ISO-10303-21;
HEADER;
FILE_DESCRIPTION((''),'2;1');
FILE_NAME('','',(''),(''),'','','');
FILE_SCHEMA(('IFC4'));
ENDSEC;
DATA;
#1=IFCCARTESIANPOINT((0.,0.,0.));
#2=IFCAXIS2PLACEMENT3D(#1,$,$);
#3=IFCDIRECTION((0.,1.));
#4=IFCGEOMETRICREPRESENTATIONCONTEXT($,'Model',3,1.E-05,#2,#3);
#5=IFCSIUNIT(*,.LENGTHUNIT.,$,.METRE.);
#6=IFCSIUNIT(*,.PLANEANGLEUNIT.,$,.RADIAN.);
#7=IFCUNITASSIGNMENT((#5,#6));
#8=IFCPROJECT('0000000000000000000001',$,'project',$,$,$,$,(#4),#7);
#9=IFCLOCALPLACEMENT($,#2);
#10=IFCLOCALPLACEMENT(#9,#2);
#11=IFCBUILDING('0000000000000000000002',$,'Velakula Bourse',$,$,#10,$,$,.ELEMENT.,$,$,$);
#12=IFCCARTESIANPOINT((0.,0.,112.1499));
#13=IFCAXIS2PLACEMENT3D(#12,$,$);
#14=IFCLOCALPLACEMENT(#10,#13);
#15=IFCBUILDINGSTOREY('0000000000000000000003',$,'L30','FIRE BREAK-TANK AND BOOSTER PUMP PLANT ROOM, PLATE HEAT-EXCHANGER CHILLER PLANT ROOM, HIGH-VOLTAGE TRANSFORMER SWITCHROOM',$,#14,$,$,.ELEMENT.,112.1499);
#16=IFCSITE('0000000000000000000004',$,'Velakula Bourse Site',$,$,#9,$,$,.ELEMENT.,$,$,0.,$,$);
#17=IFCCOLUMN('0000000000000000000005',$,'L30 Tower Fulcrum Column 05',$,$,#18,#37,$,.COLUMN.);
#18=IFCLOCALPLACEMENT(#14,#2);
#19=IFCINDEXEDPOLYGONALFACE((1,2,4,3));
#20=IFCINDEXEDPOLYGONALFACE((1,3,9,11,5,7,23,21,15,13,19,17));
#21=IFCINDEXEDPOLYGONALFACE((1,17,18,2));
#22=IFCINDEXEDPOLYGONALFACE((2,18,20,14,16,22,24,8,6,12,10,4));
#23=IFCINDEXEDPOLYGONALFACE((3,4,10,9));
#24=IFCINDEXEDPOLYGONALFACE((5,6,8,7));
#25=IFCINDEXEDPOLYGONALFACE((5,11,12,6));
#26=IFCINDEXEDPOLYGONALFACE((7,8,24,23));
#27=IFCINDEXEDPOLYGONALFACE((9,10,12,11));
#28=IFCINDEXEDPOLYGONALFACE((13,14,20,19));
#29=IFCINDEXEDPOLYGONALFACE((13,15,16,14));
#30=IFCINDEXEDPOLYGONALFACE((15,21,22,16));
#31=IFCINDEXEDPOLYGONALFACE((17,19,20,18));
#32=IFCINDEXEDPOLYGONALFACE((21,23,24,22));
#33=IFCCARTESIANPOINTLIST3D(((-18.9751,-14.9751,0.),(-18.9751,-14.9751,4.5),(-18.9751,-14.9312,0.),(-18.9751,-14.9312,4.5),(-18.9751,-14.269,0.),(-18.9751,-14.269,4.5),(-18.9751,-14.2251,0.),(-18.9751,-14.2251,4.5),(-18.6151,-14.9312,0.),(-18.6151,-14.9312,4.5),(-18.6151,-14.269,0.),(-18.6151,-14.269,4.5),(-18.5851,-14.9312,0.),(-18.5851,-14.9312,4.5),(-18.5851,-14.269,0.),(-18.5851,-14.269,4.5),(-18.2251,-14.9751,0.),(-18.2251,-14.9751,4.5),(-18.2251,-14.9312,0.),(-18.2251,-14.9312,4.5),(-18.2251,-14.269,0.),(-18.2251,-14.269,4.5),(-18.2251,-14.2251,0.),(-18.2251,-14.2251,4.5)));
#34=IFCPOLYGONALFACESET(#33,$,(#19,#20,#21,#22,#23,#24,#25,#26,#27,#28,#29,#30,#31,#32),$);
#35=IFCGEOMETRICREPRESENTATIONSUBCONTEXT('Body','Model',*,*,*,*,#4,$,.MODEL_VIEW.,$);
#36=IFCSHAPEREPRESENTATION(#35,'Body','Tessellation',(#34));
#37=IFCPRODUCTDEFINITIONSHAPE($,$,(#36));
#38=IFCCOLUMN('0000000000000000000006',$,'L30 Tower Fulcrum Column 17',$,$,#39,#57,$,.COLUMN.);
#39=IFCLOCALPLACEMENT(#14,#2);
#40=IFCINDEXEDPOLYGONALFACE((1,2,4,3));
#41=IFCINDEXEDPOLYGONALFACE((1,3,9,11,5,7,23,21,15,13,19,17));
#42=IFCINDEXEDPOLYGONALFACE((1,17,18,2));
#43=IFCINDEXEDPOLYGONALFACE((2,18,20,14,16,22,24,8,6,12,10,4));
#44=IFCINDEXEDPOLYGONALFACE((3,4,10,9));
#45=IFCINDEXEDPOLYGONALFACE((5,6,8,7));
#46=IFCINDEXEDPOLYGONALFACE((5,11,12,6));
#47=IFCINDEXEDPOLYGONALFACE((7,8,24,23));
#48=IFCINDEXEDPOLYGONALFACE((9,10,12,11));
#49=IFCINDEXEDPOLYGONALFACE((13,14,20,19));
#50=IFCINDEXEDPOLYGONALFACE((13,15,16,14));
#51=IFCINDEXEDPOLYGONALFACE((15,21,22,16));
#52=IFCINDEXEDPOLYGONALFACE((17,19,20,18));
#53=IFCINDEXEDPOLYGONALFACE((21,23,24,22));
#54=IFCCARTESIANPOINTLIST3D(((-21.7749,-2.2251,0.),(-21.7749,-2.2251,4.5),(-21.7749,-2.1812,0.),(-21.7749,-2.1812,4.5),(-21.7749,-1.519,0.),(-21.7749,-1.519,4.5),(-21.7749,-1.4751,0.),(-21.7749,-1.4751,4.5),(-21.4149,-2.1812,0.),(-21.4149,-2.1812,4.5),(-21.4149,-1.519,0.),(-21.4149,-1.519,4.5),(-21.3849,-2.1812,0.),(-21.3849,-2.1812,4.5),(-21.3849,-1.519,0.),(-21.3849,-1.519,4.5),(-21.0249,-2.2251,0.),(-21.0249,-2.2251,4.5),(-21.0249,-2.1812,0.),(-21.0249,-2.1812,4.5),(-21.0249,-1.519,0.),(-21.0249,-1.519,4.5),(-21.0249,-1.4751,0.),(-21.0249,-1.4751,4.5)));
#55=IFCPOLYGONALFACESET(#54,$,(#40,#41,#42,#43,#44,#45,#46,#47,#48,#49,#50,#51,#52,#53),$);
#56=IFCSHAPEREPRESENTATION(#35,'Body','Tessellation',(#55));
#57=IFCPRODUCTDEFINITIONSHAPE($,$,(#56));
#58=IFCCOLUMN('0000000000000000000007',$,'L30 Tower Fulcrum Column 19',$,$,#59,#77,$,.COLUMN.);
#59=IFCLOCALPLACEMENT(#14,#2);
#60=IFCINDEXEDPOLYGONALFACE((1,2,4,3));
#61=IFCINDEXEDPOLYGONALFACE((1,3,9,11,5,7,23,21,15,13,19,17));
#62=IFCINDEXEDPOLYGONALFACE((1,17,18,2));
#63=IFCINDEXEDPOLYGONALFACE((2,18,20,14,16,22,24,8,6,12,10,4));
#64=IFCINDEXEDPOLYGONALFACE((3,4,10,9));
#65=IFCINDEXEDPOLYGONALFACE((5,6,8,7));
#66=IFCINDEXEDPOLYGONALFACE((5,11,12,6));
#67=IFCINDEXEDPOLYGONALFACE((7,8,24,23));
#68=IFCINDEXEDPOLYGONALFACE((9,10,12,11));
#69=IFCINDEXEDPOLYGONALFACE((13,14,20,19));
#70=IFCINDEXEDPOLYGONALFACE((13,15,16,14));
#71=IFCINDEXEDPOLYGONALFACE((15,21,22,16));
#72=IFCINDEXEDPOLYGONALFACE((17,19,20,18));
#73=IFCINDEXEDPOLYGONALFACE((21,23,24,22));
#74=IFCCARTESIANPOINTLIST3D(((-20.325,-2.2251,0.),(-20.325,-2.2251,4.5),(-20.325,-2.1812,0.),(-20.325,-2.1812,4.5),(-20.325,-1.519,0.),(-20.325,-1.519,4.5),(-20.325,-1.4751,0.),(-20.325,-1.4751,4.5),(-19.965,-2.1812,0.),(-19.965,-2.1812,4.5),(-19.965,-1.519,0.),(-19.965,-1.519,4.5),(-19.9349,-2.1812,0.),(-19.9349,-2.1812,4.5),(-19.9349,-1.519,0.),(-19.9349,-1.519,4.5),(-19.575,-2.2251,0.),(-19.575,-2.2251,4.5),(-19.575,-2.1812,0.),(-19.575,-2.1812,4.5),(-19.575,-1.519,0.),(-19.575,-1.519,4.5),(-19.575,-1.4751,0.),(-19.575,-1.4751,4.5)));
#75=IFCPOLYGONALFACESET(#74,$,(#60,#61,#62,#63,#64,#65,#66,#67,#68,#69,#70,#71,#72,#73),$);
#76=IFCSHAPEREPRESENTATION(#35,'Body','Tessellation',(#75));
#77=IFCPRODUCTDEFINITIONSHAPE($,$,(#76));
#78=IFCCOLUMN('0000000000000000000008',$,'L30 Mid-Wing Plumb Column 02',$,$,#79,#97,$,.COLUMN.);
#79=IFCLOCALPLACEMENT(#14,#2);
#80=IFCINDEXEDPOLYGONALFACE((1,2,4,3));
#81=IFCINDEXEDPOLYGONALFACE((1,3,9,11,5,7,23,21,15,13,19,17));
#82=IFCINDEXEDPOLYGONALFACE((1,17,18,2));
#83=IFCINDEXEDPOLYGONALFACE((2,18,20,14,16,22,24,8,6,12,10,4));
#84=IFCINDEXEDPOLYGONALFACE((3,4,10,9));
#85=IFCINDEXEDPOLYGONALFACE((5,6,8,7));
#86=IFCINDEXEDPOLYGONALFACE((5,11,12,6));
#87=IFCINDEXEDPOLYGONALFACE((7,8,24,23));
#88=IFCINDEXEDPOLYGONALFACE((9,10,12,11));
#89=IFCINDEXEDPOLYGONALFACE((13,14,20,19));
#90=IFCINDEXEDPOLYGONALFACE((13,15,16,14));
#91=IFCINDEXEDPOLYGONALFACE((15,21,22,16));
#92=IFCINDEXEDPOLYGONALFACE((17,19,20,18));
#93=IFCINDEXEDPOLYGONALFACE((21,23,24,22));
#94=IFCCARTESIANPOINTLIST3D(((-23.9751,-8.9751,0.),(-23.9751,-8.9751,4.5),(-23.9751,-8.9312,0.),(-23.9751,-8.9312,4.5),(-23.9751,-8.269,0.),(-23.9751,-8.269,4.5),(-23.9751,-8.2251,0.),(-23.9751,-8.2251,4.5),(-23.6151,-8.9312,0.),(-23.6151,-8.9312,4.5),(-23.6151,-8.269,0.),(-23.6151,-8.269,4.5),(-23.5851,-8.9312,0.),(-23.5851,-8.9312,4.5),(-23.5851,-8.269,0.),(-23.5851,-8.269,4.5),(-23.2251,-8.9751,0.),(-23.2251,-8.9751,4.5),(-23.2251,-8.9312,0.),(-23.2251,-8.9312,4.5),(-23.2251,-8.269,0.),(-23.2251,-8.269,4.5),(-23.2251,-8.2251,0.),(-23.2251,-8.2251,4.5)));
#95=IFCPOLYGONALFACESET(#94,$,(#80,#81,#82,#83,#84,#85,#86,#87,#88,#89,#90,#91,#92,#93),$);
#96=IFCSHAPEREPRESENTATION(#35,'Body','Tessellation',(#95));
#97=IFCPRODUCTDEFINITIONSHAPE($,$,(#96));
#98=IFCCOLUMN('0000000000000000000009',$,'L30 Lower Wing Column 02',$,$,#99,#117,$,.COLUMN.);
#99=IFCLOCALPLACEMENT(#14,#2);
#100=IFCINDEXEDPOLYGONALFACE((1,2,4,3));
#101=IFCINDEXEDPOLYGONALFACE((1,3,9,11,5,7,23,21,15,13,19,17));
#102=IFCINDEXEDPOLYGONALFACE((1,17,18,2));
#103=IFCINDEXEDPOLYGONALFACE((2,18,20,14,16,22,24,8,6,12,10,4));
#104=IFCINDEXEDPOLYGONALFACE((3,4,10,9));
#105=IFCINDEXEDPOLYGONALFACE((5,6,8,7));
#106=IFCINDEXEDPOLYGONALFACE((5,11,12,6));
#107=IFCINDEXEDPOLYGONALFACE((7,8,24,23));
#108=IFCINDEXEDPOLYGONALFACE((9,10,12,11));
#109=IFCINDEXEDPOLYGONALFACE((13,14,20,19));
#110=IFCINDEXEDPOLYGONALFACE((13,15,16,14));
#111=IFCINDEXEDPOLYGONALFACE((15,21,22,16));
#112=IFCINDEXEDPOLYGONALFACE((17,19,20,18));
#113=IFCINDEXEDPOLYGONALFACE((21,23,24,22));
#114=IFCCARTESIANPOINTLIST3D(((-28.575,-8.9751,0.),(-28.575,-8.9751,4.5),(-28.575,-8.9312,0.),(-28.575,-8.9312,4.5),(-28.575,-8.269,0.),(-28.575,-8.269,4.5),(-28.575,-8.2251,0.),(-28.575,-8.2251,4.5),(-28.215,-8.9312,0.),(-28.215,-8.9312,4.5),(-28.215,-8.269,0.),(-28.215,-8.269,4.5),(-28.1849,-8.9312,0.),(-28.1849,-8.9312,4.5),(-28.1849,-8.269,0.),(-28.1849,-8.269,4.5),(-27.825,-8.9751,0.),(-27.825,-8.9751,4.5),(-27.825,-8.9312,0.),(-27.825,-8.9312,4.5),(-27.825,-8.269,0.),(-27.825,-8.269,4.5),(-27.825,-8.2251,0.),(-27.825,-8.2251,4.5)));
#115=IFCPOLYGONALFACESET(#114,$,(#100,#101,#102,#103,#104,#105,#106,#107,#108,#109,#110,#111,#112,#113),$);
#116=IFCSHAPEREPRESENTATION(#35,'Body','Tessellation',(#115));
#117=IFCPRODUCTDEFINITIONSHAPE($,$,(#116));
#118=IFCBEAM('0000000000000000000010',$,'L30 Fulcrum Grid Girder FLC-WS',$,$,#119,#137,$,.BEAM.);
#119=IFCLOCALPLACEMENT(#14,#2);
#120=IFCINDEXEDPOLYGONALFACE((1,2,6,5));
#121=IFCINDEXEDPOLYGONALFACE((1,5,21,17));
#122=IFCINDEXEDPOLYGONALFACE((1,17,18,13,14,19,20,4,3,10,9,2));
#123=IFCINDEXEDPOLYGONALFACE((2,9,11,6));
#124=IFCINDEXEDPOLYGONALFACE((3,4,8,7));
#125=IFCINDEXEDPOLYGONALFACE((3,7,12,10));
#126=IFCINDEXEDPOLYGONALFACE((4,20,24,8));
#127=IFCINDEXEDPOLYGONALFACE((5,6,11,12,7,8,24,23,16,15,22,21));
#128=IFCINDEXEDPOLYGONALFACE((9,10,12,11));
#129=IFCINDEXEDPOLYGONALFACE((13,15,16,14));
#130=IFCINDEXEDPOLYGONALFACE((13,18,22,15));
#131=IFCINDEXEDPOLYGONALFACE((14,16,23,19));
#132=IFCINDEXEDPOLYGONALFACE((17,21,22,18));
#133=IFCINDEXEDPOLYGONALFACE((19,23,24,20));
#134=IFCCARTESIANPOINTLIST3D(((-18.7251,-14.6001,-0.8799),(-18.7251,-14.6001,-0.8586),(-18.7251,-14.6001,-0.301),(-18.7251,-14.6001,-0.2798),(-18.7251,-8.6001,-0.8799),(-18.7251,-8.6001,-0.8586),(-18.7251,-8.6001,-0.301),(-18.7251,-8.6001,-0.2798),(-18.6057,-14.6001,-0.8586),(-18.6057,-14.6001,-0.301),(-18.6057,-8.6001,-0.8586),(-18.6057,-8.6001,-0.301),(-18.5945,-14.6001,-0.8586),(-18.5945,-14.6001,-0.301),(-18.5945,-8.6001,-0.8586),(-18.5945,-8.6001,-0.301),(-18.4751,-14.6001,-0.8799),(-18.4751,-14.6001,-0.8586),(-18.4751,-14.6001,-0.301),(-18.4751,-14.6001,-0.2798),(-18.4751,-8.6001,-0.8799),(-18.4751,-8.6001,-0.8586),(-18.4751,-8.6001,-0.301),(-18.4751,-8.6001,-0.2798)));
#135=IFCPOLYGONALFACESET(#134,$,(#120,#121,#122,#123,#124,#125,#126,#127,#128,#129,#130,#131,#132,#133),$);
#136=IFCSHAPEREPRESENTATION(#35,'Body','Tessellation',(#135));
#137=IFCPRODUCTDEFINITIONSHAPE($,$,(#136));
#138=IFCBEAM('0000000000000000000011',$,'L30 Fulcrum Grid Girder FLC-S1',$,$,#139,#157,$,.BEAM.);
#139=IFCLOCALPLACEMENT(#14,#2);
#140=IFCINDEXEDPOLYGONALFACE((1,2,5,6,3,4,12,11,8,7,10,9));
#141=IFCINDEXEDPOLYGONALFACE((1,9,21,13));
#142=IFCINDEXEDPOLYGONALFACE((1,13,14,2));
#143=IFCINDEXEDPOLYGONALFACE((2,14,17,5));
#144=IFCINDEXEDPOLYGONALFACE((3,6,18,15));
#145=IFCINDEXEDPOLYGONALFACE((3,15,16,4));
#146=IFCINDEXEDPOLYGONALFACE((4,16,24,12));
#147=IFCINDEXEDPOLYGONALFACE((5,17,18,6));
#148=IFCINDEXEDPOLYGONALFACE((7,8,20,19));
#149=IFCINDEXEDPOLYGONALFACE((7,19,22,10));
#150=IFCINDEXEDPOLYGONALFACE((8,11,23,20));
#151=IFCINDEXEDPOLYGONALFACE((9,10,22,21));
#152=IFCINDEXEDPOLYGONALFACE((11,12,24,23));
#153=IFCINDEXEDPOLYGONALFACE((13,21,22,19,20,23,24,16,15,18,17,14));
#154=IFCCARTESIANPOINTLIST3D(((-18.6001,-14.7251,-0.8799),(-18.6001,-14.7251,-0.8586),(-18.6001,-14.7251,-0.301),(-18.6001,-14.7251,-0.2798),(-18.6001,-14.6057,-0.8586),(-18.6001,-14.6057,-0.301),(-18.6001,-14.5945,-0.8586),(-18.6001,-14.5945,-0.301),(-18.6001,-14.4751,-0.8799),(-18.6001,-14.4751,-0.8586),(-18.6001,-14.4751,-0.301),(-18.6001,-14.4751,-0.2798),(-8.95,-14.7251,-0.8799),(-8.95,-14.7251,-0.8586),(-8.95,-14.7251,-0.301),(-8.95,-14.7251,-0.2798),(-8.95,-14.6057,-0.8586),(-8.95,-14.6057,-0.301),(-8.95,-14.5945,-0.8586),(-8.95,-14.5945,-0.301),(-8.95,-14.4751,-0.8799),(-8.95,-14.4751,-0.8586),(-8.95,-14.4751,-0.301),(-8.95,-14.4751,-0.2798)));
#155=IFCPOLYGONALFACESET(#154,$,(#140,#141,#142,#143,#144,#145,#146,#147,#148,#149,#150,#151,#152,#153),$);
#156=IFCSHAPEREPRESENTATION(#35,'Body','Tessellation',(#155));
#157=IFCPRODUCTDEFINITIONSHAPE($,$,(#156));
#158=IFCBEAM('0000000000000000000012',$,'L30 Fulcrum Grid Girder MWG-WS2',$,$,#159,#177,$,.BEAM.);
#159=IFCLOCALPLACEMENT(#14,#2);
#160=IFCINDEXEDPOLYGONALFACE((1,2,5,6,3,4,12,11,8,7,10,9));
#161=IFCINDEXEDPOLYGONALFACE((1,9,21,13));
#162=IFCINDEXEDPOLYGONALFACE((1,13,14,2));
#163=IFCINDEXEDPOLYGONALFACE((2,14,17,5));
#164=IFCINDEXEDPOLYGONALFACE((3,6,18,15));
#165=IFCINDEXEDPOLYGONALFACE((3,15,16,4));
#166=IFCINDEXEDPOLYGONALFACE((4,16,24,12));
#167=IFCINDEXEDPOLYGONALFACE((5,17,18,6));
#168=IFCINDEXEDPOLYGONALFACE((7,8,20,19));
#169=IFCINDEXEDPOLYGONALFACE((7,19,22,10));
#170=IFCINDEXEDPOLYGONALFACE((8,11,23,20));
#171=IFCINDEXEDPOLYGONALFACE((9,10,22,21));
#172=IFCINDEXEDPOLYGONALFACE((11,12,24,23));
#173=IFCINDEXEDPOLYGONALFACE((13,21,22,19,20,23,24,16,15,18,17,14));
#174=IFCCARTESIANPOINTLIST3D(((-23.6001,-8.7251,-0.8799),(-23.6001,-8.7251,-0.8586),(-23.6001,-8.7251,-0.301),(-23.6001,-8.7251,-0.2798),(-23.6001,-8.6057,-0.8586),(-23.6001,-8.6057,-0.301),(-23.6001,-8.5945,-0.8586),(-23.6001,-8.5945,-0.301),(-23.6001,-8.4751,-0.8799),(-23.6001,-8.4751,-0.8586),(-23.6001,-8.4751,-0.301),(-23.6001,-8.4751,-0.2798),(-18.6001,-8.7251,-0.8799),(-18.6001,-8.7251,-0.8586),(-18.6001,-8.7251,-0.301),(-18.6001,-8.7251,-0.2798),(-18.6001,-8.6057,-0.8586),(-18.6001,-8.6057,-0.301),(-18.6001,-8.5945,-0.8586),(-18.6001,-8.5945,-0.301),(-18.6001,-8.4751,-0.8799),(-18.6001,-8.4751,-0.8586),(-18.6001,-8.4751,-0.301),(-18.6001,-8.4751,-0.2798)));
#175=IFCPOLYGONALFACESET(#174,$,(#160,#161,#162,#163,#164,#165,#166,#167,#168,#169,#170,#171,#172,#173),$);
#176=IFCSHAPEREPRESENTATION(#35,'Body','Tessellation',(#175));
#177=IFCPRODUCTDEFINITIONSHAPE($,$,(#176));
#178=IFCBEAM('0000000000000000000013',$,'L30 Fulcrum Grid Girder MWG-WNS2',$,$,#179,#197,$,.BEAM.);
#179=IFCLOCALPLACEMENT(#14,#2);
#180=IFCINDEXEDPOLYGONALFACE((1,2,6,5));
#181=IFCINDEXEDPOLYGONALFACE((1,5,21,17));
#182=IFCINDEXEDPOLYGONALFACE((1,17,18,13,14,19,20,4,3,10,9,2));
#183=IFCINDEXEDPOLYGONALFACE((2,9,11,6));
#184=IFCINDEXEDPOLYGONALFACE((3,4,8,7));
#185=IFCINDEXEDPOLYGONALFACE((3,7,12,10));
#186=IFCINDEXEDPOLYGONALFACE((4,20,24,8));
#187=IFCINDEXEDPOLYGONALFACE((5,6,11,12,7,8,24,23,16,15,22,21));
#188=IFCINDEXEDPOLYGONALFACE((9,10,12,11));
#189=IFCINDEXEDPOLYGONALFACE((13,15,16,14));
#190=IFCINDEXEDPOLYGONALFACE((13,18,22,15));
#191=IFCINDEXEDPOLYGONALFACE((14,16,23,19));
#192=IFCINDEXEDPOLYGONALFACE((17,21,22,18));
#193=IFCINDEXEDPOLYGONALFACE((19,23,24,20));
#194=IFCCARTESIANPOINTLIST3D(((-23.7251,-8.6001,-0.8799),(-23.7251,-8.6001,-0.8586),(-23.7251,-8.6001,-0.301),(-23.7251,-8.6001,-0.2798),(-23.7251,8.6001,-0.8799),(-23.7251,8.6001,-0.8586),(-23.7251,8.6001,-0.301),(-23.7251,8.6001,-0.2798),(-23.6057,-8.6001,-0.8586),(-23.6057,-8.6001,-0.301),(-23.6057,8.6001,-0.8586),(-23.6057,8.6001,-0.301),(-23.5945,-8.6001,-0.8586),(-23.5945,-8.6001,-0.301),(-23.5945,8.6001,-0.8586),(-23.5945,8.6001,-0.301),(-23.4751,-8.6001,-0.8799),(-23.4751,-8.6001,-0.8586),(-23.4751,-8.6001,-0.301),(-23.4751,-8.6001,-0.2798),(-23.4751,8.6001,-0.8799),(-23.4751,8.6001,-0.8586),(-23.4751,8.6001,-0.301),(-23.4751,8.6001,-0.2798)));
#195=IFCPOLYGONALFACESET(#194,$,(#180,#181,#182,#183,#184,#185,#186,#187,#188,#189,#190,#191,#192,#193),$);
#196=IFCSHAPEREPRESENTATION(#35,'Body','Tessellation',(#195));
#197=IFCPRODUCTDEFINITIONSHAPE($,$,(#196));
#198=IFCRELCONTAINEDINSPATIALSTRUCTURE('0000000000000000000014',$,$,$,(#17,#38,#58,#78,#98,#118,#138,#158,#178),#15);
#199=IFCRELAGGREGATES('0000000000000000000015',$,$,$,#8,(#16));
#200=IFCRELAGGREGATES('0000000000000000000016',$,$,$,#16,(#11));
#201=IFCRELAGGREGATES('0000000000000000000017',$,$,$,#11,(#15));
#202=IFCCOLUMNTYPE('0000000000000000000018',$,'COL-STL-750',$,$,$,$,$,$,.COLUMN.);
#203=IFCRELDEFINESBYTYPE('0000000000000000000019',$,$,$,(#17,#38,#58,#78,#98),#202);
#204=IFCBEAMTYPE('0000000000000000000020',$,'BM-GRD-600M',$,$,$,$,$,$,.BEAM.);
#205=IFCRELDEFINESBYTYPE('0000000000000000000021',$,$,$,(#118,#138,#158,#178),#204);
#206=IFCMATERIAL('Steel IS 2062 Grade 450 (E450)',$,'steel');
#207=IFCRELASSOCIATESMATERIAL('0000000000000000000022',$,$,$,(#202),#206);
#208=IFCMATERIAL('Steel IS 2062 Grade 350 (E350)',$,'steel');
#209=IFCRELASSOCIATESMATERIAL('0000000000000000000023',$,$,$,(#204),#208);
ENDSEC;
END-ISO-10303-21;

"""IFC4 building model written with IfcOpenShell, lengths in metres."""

from ifc_helpers import new_model, si_unit, direction, frame, origin, origin_2d, place, context, subcontext, project, spatial, i_section, extrude, material, material_profile, profile_set, type_object, element, save


model = new_model("IFC4")

# Units and contexts
model_context = context("Model", 3, precision=1e-05, world=origin(), true_north=direction((0.0, 1.0)))
body_context = subcontext(model_context, "Body", "Model", "MODEL_VIEW")
ifc_project = project(units=[si_unit("LENGTHUNIT", "METRE"), si_unit("PLANEANGLEUNIT", "RADIAN")], contexts=[model_context])

# Site, building, storey
site_placement = place(None, origin())
site = spatial("IfcSite", under=ifc_project, at=site_placement, Name="Velakula Bourse Site", CompositionType="ELEMENT", RefElevation=0.0)
building_placement = place(site_placement, origin())
building = spatial("IfcBuilding", under=site, at=building_placement, Name="Velakula Bourse", CompositionType="ELEMENT")
storey_placement = place(building_placement, frame((0.0, 0.0, 112.1499)))
storey = spatial("IfcBuildingStorey", under=building, at=storey_placement, Name="L30", Description="FIRE BREAK-TANK AND BOOSTER PUMP PLANT ROOM, PLATE HEAT-EXCHANGER CHILLER PLANT ROOM, HIGH-VOLTAGE TRANSFORMER SWITCHROOM", CompositionType="ELEMENT", Elevation=112.1499)

# Columns
ifc_material_1 = material(Name="Steel IS 2062 Grade 450 (E450)", Category="steel")
ifc_material_profile_1 = material_profile(ifc_material_1, i_section(OverallWidth=0.75, OverallDepth=0.75, WebThickness=0.03, FlangeThickness=0.0439, at=origin_2d()), Name="Steel IS 2062 Grade 450 (E450)")
ifc_profile_set_1 = profile_set([ifc_material_profile_1], Name="Steel IS 2062 Grade 450 (E450)")
column_type = type_object("IfcColumnType", Name="COL-STL-750", PredefinedType="COLUMN", material=ifc_profile_set_1)
for number, where, z_axis, x_axis, name in (
    (1, (-18.6001, -14.6001, 0.0), (0.0, 0.0, 1.0), (1.0, 0.0, 0.0), "L30 Tower Fulcrum Column 05"),
    (2, (-21.3999, -1.8501, 0.0), (0.0, 0.0, 1.0), (1.0, 0.0, 0.0), "L30 Tower Fulcrum Column 17"),
    (3, (-19.95, -1.8501, 0.0), (0.0, 0.0, 1.0), (1.0, 0.0, 0.0), "L30 Tower Fulcrum Column 19"),
    (4, (-23.6001, -8.6001, 0.0), (0.0, 0.0, 1.0), (1.0, 0.0, 0.0), "L30 Mid-Wing Plumb Column 02"),
    (5, (-28.2, -8.6001, 0.0), (0.0, 0.0, 1.0), (1.0, 0.0, 0.0), "L30 Lower Wing Column 02"),
):
    element("IfcColumn", number, at=place(storey_placement, frame(where, z_axis=z_axis, x_axis=x_axis)), inside=storey, type_object=column_type, Name=name, PredefinedType="COLUMN", context=body_context, shape_type="SweptSolid", body=[
        extrude(i_section(OverallWidth=0.75, OverallDepth=0.75, WebThickness=0.03, FlangeThickness=0.0439, at=origin_2d()), origin(), (0.0, 0.0, 1.0), 4.5),
    ])

# Beams
ifc_material_2 = material(Name="Steel IS 2062 Grade 350 (E350)", Category="steel")
ifc_material_profile_2 = material_profile(ifc_material_2, i_section(OverallWidth=0.25, OverallDepth=0.6001, WebThickness=0.0112, FlangeThickness=0.0212, at=origin_2d()), Name="Steel IS 2062 Grade 350 (E350)")
ifc_profile_set_2 = profile_set([ifc_material_profile_2], Name="Steel IS 2062 Grade 350 (E350)")
beam_type_1 = type_object("IfcBeamType", Name="BM-GRD-600M", PredefinedType="BEAM", material=ifc_profile_set_2)
beam_1_placement = place(storey_placement, frame((-18.6001, -14.6001, -0.5798), z_axis=(0.0, 1.0, 0.0), x_axis=(-1.0, 0.0, 0.0)))
element("IfcBeam", 6, at=beam_1_placement, inside=storey, type_object=beam_type_1, Name="L30 Fulcrum Grid Girder FLC-WS", PredefinedType="BEAM", context=body_context, shape_type="SweptSolid", body=[
    extrude(i_section(OverallWidth=0.25, OverallDepth=0.6001, WebThickness=0.0112, FlangeThickness=0.0212, at=origin_2d()), origin(), (0.0, 0.0, 1.0), 6.0),
])
beam_2_placement = place(storey_placement, frame((-18.6001, -14.6001, -0.5798), z_axis=(1.0, 0.0, 0.0), x_axis=(0.0, 1.0, 0.0)))
element("IfcBeam", 7, at=beam_2_placement, inside=storey, type_object=beam_type_1, Name="L30 Fulcrum Grid Girder FLC-S1", PredefinedType="BEAM", context=body_context, shape_type="SweptSolid", body=[
    extrude(i_section(OverallWidth=0.25, OverallDepth=0.6001, WebThickness=0.0112, FlangeThickness=0.0212, at=origin_2d()), origin(), (0.0, 0.0, 1.0), 9.6501),
])
beam_3_placement = place(storey_placement, frame((-23.6001, -8.6001, -0.5798), z_axis=(1.0, 0.0, 0.0), x_axis=(0.0, 1.0, 0.0)))
element("IfcBeam", 8, at=beam_3_placement, inside=storey, type_object=beam_type_1, Name="L30 Fulcrum Grid Girder MWG-WS2", PredefinedType="BEAM", context=body_context, shape_type="SweptSolid", body=[
    extrude(i_section(OverallWidth=0.25, OverallDepth=0.6001, WebThickness=0.0112, FlangeThickness=0.0212, at=origin_2d()), origin(), (0.0, 0.0, 1.0), 5.0),
])
beam_4_placement = place(storey_placement, frame((-23.6001, -8.6001, -0.5798), z_axis=(0.0, 1.0, 0.0), x_axis=(-1.0, 0.0, 0.0)))
element("IfcBeam", 9, at=beam_4_placement, inside=storey, type_object=beam_type_1, Name="L30 Fulcrum Grid Girder MWG-WNS2", PredefinedType="BEAM", context=body_context, shape_type="SweptSolid", body=[
    extrude(i_section(OverallWidth=0.25, OverallDepth=0.6001, WebThickness=0.0112, FlangeThickness=0.0212, at=origin_2d()), origin(), (0.0, 0.0, 1.0), 17.2002),
])

save(model, "model.ifc")
